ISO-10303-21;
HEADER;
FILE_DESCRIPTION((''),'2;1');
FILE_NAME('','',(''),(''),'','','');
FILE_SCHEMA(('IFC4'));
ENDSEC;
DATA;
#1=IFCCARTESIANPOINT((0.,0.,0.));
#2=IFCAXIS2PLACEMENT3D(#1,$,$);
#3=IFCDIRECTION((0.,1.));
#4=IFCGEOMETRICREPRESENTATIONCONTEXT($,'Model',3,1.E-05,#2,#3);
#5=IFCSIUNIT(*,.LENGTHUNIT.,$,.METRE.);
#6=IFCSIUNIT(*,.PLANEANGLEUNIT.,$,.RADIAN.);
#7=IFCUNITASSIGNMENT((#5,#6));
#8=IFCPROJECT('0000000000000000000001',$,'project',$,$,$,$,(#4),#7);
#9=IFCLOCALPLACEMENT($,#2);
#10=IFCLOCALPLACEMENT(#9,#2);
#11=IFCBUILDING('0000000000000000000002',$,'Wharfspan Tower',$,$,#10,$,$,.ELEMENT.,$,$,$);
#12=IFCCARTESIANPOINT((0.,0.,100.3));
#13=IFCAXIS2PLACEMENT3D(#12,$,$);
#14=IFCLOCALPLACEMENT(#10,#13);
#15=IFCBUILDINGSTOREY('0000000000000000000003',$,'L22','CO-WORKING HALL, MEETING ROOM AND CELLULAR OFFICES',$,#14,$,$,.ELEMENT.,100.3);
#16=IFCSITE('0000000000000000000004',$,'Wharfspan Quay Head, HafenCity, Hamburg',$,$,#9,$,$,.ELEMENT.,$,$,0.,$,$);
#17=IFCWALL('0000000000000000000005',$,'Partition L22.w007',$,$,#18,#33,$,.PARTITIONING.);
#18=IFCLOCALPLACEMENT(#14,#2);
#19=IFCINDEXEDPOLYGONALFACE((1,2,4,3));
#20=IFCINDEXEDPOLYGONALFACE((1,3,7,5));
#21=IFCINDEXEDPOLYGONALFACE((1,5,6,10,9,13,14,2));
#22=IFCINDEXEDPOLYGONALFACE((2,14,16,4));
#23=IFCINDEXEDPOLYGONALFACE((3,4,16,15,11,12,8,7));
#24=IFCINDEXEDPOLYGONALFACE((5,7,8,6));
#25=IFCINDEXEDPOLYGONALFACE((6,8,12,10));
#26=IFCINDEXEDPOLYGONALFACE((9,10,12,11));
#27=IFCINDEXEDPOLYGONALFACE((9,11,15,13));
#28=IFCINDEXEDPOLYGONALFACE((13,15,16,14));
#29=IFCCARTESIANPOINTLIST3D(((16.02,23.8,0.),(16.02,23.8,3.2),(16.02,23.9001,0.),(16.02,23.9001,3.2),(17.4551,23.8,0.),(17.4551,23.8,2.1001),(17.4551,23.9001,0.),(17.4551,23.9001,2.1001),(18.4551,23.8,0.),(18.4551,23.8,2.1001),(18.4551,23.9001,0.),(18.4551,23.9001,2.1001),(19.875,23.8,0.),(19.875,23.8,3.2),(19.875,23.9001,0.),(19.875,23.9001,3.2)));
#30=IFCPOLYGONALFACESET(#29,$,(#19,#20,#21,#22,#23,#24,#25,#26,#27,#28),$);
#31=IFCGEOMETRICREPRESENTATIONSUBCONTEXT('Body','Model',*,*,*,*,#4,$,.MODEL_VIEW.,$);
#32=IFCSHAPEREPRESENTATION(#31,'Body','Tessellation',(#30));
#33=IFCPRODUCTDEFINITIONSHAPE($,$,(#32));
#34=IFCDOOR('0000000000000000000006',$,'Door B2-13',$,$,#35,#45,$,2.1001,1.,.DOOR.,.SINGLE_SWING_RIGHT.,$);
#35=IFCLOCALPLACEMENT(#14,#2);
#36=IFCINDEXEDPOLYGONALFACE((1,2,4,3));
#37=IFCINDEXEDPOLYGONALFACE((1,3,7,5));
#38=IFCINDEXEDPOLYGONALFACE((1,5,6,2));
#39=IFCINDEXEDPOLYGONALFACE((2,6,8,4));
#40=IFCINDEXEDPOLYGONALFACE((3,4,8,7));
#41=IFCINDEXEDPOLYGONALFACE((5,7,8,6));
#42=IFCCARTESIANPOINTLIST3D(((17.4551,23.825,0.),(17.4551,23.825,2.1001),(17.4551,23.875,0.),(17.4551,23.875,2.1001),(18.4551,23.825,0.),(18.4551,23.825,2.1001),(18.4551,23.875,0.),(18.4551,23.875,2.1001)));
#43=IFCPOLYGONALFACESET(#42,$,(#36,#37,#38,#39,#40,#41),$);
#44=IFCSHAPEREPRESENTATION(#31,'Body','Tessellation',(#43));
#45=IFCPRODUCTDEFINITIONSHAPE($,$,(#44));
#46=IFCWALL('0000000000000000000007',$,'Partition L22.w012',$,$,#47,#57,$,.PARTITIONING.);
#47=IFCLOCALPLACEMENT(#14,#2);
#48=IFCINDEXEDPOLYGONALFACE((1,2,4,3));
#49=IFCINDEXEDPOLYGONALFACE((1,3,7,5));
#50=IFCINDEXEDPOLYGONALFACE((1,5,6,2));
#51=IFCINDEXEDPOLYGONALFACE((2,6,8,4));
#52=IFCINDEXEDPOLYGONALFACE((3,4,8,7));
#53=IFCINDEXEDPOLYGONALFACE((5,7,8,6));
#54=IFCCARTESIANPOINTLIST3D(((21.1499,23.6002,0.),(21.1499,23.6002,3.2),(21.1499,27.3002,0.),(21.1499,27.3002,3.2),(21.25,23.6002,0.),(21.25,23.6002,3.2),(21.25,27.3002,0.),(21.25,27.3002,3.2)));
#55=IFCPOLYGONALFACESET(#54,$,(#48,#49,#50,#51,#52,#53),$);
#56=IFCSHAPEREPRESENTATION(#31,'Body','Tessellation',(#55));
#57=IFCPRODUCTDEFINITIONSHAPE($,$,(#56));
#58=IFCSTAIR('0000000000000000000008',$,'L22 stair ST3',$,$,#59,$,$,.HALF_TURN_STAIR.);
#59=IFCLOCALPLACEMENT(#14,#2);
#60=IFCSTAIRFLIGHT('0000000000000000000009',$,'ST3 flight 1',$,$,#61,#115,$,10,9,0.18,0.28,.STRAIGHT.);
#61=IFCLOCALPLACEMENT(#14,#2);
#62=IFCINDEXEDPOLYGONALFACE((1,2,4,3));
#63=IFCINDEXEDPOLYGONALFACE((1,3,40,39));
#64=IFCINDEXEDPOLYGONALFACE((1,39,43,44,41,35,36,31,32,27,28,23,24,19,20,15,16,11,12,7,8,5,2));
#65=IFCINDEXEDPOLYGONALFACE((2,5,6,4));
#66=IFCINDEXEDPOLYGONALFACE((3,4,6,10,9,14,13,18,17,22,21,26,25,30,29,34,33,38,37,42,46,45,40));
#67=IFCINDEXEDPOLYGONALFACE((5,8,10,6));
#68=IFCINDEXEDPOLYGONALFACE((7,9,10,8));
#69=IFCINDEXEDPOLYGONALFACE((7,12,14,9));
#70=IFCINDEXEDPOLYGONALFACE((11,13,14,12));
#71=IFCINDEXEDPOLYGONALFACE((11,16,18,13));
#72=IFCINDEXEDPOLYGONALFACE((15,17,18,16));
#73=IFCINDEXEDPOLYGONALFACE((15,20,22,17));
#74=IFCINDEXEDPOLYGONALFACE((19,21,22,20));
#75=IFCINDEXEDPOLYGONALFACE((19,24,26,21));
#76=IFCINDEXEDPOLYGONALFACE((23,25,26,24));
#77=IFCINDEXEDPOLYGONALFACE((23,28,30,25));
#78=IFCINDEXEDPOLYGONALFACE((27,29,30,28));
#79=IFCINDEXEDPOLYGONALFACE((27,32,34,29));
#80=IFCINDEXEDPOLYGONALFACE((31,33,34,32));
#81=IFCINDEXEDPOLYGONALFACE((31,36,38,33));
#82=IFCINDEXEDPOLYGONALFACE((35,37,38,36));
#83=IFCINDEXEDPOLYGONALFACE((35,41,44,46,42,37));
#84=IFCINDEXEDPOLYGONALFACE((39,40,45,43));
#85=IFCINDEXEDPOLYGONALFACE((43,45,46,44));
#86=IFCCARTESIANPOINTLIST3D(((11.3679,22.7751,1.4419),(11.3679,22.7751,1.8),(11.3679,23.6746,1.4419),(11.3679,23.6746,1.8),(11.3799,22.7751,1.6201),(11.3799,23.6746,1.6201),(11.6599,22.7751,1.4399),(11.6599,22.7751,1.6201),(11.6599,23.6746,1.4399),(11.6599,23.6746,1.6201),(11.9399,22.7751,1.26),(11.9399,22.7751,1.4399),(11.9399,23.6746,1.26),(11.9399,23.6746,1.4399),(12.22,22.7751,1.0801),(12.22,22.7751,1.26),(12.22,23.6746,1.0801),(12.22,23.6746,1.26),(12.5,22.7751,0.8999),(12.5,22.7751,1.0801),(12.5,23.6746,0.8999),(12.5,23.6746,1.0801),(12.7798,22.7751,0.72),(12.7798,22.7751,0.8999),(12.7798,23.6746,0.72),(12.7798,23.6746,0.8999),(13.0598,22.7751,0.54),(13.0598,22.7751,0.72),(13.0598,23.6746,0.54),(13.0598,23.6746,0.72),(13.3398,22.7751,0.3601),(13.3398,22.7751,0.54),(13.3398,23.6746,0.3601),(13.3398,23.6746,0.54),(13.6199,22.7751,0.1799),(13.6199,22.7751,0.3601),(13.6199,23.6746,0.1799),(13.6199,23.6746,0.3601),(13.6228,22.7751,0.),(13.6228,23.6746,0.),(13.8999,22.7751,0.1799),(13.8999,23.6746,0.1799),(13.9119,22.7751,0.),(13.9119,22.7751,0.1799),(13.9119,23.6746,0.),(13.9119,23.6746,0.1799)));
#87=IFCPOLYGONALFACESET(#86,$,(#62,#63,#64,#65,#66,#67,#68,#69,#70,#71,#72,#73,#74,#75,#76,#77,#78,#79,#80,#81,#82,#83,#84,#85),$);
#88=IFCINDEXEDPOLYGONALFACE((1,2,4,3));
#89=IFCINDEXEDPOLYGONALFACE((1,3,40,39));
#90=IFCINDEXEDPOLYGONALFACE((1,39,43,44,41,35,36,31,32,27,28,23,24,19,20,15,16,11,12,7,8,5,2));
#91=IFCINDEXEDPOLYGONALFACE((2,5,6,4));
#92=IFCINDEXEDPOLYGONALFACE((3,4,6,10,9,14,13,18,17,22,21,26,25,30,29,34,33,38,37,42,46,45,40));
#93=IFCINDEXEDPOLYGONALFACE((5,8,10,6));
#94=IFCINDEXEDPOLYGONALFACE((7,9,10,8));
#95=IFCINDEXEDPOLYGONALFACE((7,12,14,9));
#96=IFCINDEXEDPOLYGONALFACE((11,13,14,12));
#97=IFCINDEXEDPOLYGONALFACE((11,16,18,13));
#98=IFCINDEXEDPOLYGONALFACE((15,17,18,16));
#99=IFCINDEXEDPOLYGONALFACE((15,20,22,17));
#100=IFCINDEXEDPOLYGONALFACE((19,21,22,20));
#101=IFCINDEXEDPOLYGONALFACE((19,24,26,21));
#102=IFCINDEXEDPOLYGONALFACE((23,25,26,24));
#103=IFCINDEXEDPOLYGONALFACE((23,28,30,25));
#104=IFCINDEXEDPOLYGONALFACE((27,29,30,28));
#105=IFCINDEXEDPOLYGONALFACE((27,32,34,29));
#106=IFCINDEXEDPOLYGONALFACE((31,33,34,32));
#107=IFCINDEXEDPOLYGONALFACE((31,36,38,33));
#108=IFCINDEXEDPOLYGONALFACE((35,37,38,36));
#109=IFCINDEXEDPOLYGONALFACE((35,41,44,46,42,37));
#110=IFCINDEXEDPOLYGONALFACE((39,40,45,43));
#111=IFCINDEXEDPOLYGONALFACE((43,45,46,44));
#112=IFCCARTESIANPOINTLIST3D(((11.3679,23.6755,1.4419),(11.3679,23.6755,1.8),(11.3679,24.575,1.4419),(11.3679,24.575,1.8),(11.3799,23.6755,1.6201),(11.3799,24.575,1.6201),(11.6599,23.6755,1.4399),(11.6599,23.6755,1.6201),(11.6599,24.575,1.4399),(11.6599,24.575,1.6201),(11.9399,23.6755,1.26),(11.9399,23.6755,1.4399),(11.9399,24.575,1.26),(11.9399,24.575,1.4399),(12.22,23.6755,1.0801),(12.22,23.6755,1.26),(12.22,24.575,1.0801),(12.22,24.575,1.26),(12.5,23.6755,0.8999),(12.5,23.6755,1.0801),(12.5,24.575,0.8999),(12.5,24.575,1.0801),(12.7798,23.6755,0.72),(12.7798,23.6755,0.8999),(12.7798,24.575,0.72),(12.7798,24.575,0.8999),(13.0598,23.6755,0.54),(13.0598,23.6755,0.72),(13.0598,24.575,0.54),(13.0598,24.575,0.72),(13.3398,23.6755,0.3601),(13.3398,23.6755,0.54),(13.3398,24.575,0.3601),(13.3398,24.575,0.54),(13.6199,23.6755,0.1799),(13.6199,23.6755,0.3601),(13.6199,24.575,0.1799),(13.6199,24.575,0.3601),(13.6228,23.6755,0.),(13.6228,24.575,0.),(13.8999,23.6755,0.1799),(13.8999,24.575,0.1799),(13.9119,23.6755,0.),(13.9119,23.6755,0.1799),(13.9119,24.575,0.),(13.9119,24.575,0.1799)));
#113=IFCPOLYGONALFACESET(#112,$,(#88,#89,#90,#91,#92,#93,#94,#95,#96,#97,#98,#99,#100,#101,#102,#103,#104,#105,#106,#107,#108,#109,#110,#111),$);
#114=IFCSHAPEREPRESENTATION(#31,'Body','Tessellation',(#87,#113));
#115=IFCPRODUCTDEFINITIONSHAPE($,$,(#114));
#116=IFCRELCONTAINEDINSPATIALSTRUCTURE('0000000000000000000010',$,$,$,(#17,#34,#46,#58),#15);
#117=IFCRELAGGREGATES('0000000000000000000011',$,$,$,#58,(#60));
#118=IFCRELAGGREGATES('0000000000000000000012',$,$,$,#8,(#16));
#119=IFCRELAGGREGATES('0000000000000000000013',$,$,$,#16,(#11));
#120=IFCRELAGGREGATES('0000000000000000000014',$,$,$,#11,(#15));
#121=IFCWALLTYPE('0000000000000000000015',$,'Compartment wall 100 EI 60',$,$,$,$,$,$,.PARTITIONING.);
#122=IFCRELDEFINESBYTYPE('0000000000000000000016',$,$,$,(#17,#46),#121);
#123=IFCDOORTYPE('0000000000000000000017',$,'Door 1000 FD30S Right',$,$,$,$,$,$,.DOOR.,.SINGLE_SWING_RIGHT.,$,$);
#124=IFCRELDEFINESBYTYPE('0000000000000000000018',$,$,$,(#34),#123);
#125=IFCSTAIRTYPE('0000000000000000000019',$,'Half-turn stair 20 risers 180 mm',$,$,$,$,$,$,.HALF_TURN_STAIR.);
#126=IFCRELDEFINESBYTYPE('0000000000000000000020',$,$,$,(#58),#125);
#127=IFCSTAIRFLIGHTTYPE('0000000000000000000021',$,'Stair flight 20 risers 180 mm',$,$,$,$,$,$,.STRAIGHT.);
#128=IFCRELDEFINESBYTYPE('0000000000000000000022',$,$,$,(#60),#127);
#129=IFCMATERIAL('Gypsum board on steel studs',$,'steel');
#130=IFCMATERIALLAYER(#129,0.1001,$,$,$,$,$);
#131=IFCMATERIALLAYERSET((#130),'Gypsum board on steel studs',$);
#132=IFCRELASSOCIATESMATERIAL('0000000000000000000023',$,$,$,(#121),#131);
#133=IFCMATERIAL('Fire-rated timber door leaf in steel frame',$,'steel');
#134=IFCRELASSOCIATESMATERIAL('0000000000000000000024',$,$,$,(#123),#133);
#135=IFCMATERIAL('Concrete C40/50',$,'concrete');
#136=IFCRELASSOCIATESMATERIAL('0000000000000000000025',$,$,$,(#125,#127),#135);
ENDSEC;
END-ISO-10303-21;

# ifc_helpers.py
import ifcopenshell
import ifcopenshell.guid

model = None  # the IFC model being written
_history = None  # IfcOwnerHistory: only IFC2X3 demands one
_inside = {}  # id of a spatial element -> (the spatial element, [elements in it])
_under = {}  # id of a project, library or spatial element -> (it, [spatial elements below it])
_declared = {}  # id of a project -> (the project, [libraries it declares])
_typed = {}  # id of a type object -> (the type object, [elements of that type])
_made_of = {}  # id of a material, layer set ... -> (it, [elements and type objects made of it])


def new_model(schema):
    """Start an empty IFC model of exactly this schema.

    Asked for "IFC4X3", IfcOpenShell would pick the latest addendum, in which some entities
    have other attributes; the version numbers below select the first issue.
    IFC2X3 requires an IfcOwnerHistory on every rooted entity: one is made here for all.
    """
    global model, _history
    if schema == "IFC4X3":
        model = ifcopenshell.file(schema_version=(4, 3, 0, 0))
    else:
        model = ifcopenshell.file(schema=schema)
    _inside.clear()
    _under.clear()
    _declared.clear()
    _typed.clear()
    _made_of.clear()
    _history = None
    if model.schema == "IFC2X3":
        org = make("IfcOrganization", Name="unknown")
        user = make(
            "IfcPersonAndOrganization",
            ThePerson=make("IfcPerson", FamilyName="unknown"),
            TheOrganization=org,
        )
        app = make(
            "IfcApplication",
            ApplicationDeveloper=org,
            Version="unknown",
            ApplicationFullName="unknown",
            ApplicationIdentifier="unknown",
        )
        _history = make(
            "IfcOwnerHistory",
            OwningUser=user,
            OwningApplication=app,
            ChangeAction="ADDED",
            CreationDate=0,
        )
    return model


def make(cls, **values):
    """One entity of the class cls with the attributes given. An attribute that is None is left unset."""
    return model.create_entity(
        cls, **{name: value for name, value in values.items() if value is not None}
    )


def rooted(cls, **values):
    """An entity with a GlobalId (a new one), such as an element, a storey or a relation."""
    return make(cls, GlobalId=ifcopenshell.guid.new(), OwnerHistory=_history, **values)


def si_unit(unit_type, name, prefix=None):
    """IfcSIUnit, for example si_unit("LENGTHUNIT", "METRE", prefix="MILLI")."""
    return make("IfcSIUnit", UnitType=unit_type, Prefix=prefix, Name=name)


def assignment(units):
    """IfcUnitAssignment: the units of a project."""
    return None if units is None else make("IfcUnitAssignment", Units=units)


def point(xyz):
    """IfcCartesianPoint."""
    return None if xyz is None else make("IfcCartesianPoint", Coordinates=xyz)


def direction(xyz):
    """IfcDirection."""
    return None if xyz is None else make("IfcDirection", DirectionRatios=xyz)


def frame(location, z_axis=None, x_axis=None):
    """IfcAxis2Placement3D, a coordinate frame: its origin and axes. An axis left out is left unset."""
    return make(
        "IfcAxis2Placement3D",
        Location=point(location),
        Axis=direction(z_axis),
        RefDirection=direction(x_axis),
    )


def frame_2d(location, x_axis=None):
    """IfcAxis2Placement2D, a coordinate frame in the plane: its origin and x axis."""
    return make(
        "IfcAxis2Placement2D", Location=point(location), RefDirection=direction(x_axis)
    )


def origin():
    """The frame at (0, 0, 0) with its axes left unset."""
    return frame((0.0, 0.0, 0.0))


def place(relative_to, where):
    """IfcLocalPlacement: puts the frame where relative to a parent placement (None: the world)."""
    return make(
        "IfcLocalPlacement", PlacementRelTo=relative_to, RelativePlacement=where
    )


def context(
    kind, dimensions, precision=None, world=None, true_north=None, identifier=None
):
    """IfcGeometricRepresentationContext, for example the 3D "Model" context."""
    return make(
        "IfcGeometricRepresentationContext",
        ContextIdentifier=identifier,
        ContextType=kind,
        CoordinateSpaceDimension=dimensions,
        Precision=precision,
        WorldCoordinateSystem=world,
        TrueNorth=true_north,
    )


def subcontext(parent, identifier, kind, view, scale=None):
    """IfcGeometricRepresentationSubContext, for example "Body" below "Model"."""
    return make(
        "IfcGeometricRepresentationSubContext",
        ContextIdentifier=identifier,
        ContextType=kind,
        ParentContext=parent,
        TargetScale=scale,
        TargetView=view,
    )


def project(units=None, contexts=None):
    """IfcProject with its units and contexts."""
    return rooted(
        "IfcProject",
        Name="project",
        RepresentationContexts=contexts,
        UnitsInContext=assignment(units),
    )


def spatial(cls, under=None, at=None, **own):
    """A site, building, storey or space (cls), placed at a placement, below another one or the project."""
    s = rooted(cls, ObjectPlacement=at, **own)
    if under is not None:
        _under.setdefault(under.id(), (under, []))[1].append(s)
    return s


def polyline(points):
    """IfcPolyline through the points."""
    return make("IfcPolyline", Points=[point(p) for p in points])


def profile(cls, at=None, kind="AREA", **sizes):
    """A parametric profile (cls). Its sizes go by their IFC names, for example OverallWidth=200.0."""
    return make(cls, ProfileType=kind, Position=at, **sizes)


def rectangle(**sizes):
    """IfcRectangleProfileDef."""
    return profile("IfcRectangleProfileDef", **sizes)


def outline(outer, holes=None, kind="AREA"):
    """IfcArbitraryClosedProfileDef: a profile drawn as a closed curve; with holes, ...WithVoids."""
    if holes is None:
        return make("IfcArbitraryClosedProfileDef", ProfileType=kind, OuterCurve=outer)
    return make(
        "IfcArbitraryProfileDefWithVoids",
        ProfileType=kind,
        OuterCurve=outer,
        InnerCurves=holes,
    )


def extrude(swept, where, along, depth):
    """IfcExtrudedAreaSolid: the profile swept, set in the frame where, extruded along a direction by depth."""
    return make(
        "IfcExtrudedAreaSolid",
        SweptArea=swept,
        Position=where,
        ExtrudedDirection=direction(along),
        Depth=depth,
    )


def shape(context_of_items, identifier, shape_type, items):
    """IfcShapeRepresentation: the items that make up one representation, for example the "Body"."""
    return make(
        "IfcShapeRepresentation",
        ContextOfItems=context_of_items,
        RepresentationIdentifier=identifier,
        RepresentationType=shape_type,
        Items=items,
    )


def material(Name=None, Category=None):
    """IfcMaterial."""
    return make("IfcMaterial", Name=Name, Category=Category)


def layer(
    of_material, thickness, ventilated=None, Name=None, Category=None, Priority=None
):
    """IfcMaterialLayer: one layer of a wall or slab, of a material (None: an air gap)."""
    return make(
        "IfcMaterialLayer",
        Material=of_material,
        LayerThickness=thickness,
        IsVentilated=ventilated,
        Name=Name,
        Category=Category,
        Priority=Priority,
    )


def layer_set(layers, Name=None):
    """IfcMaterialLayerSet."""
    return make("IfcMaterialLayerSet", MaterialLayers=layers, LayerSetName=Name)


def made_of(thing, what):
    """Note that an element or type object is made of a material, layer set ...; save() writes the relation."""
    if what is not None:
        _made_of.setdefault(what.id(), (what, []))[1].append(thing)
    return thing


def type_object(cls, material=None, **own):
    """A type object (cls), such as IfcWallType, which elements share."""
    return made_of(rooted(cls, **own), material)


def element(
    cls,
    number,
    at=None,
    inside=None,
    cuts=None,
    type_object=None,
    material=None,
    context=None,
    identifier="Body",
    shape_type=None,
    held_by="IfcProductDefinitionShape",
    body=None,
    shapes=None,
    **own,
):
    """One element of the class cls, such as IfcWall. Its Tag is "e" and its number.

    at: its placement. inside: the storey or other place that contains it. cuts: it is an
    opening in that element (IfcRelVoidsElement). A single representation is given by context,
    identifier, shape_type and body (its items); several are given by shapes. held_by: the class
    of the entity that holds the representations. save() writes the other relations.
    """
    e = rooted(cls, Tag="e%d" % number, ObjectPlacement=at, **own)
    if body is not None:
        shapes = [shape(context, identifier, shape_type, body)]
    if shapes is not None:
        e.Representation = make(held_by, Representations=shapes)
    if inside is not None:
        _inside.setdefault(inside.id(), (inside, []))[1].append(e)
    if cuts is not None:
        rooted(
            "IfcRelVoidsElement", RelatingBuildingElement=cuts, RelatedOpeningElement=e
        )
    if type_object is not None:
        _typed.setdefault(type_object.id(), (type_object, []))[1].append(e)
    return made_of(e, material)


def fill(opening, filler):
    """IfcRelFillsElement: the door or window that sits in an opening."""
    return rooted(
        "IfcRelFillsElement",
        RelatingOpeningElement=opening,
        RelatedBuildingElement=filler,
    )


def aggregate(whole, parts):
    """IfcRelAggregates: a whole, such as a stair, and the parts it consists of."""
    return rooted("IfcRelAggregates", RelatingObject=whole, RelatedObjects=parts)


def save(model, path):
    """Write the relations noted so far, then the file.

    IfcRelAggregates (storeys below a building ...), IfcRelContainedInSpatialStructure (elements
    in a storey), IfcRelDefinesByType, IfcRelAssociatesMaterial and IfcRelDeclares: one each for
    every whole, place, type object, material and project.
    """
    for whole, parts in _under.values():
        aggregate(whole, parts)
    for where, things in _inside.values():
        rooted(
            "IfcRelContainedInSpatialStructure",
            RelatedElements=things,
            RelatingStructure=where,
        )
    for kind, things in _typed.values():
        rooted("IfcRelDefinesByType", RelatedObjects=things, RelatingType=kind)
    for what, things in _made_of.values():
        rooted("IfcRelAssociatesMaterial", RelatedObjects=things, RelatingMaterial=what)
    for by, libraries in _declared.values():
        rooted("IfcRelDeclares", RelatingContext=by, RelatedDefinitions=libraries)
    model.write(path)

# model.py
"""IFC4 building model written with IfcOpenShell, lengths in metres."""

from ifc_helpers import new_model, si_unit, direction, frame, frame_2d, origin, place, context, subcontext, project, spatial, polyline, rectangle, outline, extrude, material, layer, layer_set, type_object, element, fill, aggregate, save


model = new_model("IFC4")

# Units and contexts
model_context = context("Model", 3, precision=1e-05, world=origin(), true_north=direction((0.0, 1.0)))
body_context = subcontext(model_context, "Body", "Model", "MODEL_VIEW")
ifc_project = project(units=[si_unit("LENGTHUNIT", "METRE"), si_unit("PLANEANGLEUNIT", "RADIAN")], contexts=[model_context])

# Site, building, storey
site_placement = place(None, origin())
site = spatial("IfcSite", under=ifc_project, at=site_placement, Name="Wharfspan Quay Head, HafenCity, Hamburg", CompositionType="ELEMENT", RefElevation=0.0)
building_placement = place(site_placement, origin())
building = spatial("IfcBuilding", under=site, at=building_placement, Name="Wharfspan Tower", CompositionType="ELEMENT")
storey_placement = place(building_placement, frame((0.0, 0.0, 100.3)))
storey = spatial("IfcBuildingStorey", under=building, at=storey_placement, Name="L22", Description="CO-WORKING HALL, MEETING ROOM AND CELLULAR OFFICES", CompositionType="ELEMENT", Elevation=100.3)

# Wall, opening, door
ifc_material_1 = material(Name="Gypsum board on steel studs", Category="steel")
ifc_layer = layer(ifc_material_1, 0.1001)
ifc_layer_set = layer_set([ifc_layer], Name="Gypsum board on steel studs")
wall_type = type_object("IfcWallType", Name="Compartment wall 100 EI 60", PredefinedType="PARTITIONING", material=ifc_layer_set)
wall_1_placement = place(storey_placement, frame((16.02, 23.8501, 0.0), z_axis=(0.0, 0.0, 1.0), x_axis=(1.0, 0.0, 0.0)))
wall_1 = element("IfcWall", 1, at=wall_1_placement, inside=storey, type_object=wall_type, Name="Partition L22.w007", PredefinedType="PARTITIONING", context=body_context, shape_type="SweptSolid", body=[
    extrude(rectangle(XDim=3.855, YDim=0.1001, at=frame_2d((1.9275, 0.0))), origin(), (0.0, 0.0, 1.0), 3.2),
])
opening_placement = place(wall_1_placement, frame((1.4351, 0.0, 0.0)))
opening = element("IfcOpeningElement", 2, at=opening_placement, cuts=wall_1, PredefinedType="OPENING", context=body_context, shape_type="SweptSolid", body=[
    extrude(rectangle(XDim=1.0, YDim=2.1001, at=frame_2d((0.5, 1.05))), frame((0.0, 0.0601, 0.0), z_axis=(0.0, -1.0, 0.0), x_axis=(1.0, 0.0, 0.0)), (0.0, 0.0, 1.0), 0.1201),
])
ifc_material_2 = material(Name="Fire-rated timber door leaf in steel frame", Category="steel")
door_type = type_object("IfcDoorType", Name="Door 1000 FD30S Right", OperationType="SINGLE_SWING_RIGHT", PredefinedType="DOOR", material=ifc_material_2)
door_placement = place(opening_placement, origin())
door = element("IfcDoor", 3, at=door_placement, inside=storey, type_object=door_type, Name="Door B2-13", OperationType="SINGLE_SWING_RIGHT", OverallHeight=2.1001, OverallWidth=1.0, PredefinedType="DOOR", context=body_context, shape_type="SweptSolid", body=[
    extrude(rectangle(XDim=1.0, YDim=2.1001, at=frame_2d((0.5, 1.05))), frame((0.0, 0.0249, 0.0), z_axis=(0.0, -1.0, 0.0), x_axis=(1.0, 0.0, 0.0)), (0.0, 0.0, 1.0), 0.05),
])
fill(opening, door)

# Wall
wall_2_placement = place(storey_placement, frame((21.2, 23.6001, 0.0), z_axis=(0.0, 0.0, 1.0), x_axis=(0.0, 1.0, 0.0)))
element("IfcWall", 4, at=wall_2_placement, inside=storey, type_object=wall_type, Name="Partition L22.w012", PredefinedType="PARTITIONING", context=body_context, shape_type="SweptSolid", body=[
    extrude(rectangle(XDim=3.7, YDim=0.1001, at=frame_2d((1.8501, 0.0))), origin(), (0.0, 0.0, 1.0), 3.2),
])

# Stair, stair flight
ifc_material_3 = material(Name="Concrete C40/50", Category="concrete")
stair_type = type_object("IfcStairType", Name="Half-turn stair 20 risers 180 mm", PredefinedType="HALF_TURN_STAIR", material=ifc_material_3)
stair_placement = place(storey_placement, origin())
stair = element("IfcStair", 5, at=stair_placement, inside=storey, type_object=stair_type, Name="L22 stair ST3", PredefinedType="HALF_TURN_STAIR")
stair_flight_type = type_object("IfcStairFlightType", Name="Stair flight 20 risers 180 mm", PredefinedType="STRAIGHT", material=ifc_material_3)
stair_flight_placement = place(storey_placement, frame((13.8999, 23.675, 0.0), z_axis=(0.0, 0.0, 1.0), x_axis=(-1.0, 0.0, 0.0)))
stair_flight = element("IfcStairFlight", 6, at=stair_flight_placement, type_object=stair_flight_type, Name="ST3 flight 1", NumberOfRisers=10, NumberOfTreads=9, PredefinedType="STRAIGHT", RiserHeight=0.18, TreadLength=0.28, context=body_context, shape_type="SweptSolid", body=[
    extrude(outline(polyline([(-0.012, 0.0), (-0.012, 0.1799), (0.0, 0.1799), (0.28, 0.1799), (0.28, 0.3601), (0.5601, 0.3601), (0.5601, 0.54), (0.8401, 0.54), (0.8401, 0.72), (1.1201, 0.72), (1.1201, 0.8999), (1.3999, 0.8999), (1.3999, 1.0801), (1.6799, 1.0801), (1.6799, 1.26), (1.96, 1.26), (1.96, 1.4399), (2.24, 1.4399), (2.24, 1.6201), (2.52, 1.6201), (2.532, 1.8), (2.532, 1.4419), (0.2771, 0.0), (-0.012, 0.0)])), frame((0.0, 0.8999, 0.0), z_axis=(0.0, -1.0, 0.0), x_axis=(1.0, 0.0, 0.0)), (0.0, 0.0, 1.0), 0.8994),
    extrude(outline(polyline([(-0.012, 0.0), (-0.012, 0.1799), (0.0, 0.1799), (0.28, 0.1799), (0.28, 0.3601), (0.5601, 0.3601), (0.5601, 0.54), (0.8401, 0.54), (0.8401, 0.72), (1.1201, 0.72), (1.1201, 0.8999), (1.3999, 0.8999), (1.3999, 1.0801), (1.6799, 1.0801), (1.6799, 1.26), (1.96, 1.26), (1.96, 1.4399), (2.24, 1.4399), (2.24, 1.6201), (2.52, 1.6201), (2.532, 1.8), (2.532, 1.4419), (0.2771, 0.0), (-0.012, 0.0)])), frame((0.0, -0.0005, 0.0), z_axis=(0.0, -1.0, 0.0), x_axis=(1.0, 0.0, 0.0)), (0.0, 0.0, 1.0), 0.8994),
])
aggregate(stair, [stair_flight])

save(model, "model.ifc")
